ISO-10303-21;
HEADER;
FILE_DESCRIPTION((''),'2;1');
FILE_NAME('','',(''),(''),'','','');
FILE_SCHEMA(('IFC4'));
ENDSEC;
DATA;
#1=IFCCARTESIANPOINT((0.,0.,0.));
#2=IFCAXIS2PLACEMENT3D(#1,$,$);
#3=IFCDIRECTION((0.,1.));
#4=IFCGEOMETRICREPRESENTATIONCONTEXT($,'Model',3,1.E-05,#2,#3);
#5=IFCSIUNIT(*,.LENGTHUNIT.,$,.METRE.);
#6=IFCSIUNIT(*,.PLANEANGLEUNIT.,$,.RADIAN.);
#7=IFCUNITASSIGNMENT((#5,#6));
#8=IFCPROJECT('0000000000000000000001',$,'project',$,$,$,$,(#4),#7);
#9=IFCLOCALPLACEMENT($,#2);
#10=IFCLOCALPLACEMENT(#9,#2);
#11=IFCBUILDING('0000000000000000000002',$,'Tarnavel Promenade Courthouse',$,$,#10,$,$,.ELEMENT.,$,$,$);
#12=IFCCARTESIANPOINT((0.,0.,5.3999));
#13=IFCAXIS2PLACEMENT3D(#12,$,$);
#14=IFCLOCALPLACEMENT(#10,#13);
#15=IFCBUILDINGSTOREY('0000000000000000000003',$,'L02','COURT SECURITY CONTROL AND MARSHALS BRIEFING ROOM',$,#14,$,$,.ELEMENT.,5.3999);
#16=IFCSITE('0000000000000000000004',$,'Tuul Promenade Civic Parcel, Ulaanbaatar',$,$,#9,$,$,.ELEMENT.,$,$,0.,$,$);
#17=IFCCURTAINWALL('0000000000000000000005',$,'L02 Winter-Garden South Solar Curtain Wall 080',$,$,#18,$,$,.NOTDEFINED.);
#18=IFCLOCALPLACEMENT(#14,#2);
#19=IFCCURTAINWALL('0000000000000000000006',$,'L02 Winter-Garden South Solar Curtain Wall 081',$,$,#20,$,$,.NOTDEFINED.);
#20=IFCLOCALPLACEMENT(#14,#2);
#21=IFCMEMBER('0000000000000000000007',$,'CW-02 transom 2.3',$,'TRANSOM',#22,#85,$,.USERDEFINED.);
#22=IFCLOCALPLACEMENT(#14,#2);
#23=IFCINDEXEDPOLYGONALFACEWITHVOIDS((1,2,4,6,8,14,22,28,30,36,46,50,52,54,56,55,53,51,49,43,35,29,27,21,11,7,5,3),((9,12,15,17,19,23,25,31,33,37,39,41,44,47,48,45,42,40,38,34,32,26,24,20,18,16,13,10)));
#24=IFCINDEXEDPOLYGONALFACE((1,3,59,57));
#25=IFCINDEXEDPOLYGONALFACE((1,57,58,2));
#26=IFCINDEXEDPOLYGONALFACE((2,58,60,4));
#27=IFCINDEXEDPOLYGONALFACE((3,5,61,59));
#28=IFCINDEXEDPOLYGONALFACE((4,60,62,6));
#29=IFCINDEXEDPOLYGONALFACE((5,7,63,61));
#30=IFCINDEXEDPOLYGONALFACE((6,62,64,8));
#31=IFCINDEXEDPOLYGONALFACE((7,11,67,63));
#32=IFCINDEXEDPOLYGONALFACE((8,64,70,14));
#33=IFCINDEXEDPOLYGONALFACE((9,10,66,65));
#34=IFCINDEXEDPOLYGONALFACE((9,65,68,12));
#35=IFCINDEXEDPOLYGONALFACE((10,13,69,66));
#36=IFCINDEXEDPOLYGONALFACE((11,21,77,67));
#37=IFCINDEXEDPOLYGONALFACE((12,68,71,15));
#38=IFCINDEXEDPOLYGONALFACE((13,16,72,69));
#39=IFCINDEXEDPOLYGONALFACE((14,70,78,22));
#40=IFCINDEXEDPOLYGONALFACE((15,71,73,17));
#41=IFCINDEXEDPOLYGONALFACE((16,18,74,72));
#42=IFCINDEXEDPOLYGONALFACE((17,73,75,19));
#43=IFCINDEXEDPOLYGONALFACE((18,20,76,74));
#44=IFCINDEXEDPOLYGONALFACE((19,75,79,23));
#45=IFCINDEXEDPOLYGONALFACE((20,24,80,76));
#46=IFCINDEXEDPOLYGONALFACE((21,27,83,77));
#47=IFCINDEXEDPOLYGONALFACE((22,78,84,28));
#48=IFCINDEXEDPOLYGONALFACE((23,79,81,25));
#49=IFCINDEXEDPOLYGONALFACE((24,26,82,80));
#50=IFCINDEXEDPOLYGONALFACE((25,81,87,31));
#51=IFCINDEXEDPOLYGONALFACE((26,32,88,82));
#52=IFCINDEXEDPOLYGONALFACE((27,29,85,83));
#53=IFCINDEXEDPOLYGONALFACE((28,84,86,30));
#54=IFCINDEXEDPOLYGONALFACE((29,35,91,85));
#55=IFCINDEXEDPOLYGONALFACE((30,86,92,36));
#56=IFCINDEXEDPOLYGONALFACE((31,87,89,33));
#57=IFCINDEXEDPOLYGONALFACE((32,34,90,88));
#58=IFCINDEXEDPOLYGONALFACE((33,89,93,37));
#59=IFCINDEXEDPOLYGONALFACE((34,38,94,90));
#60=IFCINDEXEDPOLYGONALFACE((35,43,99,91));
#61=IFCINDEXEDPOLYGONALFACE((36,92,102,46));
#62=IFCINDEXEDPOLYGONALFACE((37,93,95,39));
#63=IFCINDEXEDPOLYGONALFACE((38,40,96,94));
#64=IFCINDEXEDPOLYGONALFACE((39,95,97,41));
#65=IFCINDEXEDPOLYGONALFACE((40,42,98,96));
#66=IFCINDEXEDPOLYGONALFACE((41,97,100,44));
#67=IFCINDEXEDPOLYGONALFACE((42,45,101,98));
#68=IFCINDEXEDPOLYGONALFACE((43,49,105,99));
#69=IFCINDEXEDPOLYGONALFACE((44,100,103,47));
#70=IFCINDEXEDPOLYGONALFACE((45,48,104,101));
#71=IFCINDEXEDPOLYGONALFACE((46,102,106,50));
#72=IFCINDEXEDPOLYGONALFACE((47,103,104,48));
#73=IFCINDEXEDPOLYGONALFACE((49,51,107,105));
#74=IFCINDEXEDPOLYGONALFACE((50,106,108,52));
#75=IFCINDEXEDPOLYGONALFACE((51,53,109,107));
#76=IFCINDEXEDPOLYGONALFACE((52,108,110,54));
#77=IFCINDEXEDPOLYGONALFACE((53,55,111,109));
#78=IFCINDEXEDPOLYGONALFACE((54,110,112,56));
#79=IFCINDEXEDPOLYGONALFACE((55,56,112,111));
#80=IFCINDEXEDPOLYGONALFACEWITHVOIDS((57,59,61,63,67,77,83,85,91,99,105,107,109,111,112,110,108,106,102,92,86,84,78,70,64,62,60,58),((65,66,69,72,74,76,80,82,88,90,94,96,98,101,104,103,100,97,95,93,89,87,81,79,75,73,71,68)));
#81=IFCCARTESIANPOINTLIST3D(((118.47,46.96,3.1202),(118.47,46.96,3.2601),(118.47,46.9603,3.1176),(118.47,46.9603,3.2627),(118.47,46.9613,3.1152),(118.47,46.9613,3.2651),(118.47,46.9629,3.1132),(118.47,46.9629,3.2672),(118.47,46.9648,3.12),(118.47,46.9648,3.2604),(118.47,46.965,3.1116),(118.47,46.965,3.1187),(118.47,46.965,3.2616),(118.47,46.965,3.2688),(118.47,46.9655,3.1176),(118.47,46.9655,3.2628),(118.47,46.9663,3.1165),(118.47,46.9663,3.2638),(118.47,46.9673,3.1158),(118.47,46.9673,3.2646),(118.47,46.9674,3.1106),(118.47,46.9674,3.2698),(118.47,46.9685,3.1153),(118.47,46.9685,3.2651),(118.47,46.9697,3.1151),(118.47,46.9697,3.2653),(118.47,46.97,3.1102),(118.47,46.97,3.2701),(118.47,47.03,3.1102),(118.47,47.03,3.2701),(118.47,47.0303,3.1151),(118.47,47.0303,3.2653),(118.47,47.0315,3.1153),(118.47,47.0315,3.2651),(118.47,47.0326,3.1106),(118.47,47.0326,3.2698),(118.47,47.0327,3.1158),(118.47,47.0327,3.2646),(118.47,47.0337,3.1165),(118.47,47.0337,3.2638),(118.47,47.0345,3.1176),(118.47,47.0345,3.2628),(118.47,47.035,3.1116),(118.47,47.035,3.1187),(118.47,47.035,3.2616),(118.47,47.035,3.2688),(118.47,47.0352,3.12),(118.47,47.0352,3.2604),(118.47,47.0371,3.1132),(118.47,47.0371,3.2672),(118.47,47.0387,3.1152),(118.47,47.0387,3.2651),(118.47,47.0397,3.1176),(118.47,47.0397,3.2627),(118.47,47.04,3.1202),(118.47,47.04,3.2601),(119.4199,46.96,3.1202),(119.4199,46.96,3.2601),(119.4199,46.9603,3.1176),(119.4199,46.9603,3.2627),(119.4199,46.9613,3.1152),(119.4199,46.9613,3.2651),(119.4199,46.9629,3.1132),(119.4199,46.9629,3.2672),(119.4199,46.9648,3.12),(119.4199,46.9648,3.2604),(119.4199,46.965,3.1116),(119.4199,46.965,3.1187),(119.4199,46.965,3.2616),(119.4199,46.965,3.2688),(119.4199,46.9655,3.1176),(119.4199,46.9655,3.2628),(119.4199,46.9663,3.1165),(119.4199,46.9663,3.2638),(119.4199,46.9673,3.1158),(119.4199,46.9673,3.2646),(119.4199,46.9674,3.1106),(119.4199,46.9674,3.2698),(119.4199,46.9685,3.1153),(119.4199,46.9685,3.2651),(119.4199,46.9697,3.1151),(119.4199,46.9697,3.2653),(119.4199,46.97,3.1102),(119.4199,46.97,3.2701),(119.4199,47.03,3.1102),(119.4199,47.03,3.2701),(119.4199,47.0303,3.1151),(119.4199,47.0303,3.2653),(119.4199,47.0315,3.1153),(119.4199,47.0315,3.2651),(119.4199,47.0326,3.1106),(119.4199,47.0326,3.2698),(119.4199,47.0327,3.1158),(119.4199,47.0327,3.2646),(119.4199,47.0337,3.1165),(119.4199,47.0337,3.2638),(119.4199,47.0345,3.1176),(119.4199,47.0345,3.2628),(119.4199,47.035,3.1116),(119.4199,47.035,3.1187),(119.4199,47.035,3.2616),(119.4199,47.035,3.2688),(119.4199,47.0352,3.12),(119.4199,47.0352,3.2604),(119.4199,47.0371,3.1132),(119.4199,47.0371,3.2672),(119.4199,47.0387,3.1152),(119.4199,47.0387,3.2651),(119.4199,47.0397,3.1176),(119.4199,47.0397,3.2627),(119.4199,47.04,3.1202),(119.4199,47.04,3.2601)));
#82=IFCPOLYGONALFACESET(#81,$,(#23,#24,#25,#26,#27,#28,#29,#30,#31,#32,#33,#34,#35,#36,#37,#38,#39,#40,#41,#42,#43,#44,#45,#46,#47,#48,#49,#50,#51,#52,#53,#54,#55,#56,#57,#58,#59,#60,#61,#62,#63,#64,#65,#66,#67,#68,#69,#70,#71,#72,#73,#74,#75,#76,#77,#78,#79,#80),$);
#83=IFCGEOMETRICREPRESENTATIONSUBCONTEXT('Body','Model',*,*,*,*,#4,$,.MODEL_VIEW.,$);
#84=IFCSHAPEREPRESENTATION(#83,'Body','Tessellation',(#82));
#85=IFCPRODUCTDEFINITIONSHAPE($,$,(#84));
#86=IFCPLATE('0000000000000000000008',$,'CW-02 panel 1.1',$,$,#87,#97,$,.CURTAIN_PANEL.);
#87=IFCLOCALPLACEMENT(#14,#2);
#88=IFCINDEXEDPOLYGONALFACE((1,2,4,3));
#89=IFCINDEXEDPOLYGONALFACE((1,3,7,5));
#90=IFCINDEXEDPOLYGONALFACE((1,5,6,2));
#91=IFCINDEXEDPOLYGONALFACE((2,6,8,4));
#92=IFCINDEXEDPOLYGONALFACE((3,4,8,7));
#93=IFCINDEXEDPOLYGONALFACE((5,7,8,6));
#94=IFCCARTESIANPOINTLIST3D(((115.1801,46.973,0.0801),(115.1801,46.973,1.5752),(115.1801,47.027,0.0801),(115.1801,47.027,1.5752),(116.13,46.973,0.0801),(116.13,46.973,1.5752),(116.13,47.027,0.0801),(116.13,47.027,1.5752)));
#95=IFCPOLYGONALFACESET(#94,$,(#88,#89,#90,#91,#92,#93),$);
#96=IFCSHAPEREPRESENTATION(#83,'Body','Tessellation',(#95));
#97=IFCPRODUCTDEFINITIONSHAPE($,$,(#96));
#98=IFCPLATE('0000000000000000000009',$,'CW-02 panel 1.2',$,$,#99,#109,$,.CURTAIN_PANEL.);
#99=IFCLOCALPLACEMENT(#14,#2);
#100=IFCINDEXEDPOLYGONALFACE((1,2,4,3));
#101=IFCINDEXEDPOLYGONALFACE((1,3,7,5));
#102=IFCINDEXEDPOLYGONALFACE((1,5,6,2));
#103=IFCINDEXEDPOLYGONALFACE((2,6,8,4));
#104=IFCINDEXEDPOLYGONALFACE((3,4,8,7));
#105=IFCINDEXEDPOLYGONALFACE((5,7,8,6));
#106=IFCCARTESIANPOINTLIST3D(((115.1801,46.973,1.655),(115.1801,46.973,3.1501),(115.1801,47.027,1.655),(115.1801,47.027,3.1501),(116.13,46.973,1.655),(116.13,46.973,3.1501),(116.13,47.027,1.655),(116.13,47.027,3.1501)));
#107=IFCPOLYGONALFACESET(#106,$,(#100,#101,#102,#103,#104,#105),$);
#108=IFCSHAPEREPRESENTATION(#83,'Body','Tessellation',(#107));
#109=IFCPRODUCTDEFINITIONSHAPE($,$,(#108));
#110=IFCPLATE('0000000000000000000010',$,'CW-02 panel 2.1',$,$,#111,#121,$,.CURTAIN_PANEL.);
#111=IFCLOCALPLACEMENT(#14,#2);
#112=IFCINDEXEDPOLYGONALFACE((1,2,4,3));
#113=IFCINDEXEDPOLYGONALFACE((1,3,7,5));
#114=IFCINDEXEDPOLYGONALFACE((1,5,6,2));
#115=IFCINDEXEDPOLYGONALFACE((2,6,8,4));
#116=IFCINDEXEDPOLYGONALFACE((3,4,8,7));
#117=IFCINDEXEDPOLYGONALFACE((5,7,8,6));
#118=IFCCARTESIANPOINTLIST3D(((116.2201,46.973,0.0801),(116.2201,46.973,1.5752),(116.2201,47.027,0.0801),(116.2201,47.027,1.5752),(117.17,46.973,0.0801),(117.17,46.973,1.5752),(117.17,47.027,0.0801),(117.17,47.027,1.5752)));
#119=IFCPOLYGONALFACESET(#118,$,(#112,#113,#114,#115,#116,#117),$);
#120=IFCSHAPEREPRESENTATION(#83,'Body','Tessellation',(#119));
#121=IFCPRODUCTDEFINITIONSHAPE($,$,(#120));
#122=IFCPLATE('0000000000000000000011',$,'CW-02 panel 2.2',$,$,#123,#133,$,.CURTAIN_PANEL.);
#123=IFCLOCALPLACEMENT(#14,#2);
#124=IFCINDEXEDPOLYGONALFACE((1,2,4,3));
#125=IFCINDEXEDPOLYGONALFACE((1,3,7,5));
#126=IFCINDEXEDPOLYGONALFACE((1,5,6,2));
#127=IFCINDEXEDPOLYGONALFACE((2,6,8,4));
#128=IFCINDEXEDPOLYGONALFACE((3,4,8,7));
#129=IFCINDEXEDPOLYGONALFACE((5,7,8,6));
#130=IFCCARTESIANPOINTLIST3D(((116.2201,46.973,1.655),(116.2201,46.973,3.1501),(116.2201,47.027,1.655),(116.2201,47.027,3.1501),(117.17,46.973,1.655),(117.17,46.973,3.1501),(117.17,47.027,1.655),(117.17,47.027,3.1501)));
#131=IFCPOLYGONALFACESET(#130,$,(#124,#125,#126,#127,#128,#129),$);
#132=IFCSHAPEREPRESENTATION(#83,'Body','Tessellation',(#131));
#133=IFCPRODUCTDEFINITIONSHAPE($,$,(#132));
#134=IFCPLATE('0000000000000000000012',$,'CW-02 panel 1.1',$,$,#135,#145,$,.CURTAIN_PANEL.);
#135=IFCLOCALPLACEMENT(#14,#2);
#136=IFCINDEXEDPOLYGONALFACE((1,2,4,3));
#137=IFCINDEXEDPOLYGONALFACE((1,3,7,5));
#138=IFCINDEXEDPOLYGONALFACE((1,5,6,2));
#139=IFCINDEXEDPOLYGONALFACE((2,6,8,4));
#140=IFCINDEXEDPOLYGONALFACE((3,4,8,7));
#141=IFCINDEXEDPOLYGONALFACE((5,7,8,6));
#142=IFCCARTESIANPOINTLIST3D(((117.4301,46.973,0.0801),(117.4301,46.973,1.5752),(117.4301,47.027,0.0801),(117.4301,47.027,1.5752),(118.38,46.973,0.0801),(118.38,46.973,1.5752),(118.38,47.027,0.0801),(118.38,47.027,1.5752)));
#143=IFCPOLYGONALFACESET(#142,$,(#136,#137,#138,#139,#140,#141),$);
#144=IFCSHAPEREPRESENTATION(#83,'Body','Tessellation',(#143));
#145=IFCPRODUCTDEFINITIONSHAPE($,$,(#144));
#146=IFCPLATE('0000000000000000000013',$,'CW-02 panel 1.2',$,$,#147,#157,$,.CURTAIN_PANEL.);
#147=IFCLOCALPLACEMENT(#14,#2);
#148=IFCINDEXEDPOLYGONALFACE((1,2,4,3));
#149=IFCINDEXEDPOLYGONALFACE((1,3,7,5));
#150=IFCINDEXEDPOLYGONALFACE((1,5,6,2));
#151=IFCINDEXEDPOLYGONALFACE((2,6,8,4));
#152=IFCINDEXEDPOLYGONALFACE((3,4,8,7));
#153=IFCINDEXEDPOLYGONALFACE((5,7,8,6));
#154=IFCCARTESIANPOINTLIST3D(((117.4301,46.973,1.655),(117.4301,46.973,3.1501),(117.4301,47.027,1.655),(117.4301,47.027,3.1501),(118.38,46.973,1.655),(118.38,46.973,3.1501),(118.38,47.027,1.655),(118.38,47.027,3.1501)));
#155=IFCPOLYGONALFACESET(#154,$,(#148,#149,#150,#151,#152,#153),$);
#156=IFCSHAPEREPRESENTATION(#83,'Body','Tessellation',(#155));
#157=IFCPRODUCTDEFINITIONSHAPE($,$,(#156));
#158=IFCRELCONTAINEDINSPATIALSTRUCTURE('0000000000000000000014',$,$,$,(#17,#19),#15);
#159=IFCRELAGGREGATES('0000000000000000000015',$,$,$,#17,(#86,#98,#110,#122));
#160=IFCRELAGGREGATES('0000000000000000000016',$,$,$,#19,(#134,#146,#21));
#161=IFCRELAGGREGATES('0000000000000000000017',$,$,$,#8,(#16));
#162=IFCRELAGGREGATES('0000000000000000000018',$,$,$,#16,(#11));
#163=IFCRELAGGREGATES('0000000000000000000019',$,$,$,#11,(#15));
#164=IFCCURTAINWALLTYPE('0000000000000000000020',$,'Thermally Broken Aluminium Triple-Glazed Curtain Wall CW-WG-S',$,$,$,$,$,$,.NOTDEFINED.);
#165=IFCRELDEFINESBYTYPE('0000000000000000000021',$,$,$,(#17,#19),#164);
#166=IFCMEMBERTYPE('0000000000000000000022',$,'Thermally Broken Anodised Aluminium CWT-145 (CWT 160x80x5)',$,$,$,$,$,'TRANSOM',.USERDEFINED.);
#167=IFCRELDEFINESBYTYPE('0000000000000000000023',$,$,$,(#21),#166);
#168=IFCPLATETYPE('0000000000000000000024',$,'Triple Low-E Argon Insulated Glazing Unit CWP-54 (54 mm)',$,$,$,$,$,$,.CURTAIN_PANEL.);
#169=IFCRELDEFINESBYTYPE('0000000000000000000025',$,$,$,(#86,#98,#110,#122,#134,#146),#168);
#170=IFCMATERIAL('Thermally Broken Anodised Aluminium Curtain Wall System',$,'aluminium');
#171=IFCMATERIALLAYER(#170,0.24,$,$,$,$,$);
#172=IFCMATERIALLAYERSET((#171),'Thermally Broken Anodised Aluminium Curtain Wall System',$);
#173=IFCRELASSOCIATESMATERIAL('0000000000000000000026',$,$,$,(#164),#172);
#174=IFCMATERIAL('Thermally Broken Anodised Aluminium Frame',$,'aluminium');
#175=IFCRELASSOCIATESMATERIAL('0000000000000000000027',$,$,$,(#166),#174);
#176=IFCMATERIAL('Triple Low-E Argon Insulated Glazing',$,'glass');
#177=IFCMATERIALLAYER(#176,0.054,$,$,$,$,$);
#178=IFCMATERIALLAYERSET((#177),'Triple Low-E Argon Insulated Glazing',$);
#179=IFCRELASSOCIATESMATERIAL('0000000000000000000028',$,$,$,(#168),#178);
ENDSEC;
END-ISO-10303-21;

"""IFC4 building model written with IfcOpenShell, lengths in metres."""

from ifc_helpers import new_model, si_unit, direction, frame, origin, origin_2d, place, context, subcontext, project, spatial, rectangle, hollow_rectangle, extrude, material, layer, layer_set, material_profile, profile_set, type_object, element, aggregate, save


model = new_model("IFC4")

# Units and contexts
model_context = context("Model", 3, precision=1e-05, world=origin(), true_north=direction((0.0, 1.0)))
body_context = subcontext(model_context, "Body", "Model", "MODEL_VIEW")
ifc_project = project(units=[si_unit("LENGTHUNIT", "METRE"), si_unit("PLANEANGLEUNIT", "RADIAN")], contexts=[model_context])

# Site, building, storey
site_placement = place(None, origin())
site = spatial("IfcSite", under=ifc_project, at=site_placement, Name="Tuul Promenade Civic Parcel, Ulaanbaatar", CompositionType="ELEMENT", RefElevation=0.0)
building_placement = place(site_placement, origin())
building = spatial("IfcBuilding", under=site, at=building_placement, Name="Tarnavel Promenade Courthouse", CompositionType="ELEMENT")
storey_placement = place(building_placement, frame((0.0, 0.0, 5.3999)))
storey = spatial("IfcBuildingStorey", under=building, at=storey_placement, Name="L02", Description="COURT SECURITY CONTROL AND MARSHALS BRIEFING ROOM", CompositionType="ELEMENT", Elevation=5.3999)

# Curtain walls
ifc_material_1 = material(Name="Thermally Broken Anodised Aluminium Curtain Wall System", Category="aluminium")
ifc_layer_1 = layer(ifc_material_1, 0.24)
ifc_layer_set_1 = layer_set([ifc_layer_1], Name="Thermally Broken Anodised Aluminium Curtain Wall System")
curtain_wall_type = type_object("IfcCurtainWallType", Name="Thermally Broken Aluminium Triple-Glazed Curtain Wall CW-WG-S", PredefinedType="NOTDEFINED", material=ifc_layer_set_1)
curtain_wall_1_placement = place(storey_placement, origin())
curtain_wall_1 = element("IfcCurtainWall", 1, at=curtain_wall_1_placement, inside=storey, type_object=curtain_wall_type, Name="L02 Winter-Garden South Solar Curtain Wall 080", PredefinedType="NOTDEFINED")
ifc_material_2 = material(Name="Thermally Broken Anodised Aluminium Frame", Category="aluminium")
curtain_wall_2_placement = place(storey_placement, origin())
curtain_wall_2 = element("IfcCurtainWall", 2, at=curtain_wall_2_placement, inside=storey, type_object=curtain_wall_type, Name="L02 Winter-Garden South Solar Curtain Wall 081", PredefinedType="NOTDEFINED")

# Member
ifc_material_profile_1 = material_profile(ifc_material_2, hollow_rectangle(XDim=0.0801, YDim=0.1599, WallThickness=0.0049, InnerFilletRadius=0.0049, OuterFilletRadius=0.01, at=origin_2d()), Name="CWT 160x80x5")
ifc_profile_set_1 = profile_set([ifc_material_profile_1], Name="Thermally Broken Anodised Aluminium Frame")
member_type_1 = type_object("IfcMemberType", Name="Thermally Broken Anodised Aluminium CWT-145 (CWT 160x80x5)", ElementType="TRANSOM", PredefinedType="USERDEFINED", material=ifc_profile_set_1)
member_1_placement = place(storey_placement, frame((118.47, 47.0, 3.1902), z_axis=(1.0, 0.0, 0.0), x_axis=(0.0, 1.0, 0.0)))
member_1 = element("IfcMember", 3, at=member_1_placement, type_object=member_type_1, Name="CW-02 transom 2.3", ObjectType="TRANSOM", PredefinedType="USERDEFINED", context=body_context, shape_type="SweptSolid", body=[
    extrude(hollow_rectangle(XDim=0.0801, YDim=0.1599, WallThickness=0.0049, InnerFilletRadius=0.0049, OuterFilletRadius=0.01, at=origin_2d()), origin(), (0.0, 0.0, 1.0), 0.95),
])

# Plates
ifc_material_3 = material(Name="Triple Low-E Argon Insulated Glazing", Category="glass")
ifc_layer_2 = layer(ifc_material_3, 0.054)
ifc_layer_set_2 = layer_set([ifc_layer_2], Name="Triple Low-E Argon Insulated Glazing")
plate_type = type_object("IfcPlateType", Name="Triple Low-E Argon Insulated Glazing Unit CWP-54 (54 mm)", PredefinedType="CURTAIN_PANEL", material=ifc_layer_set_2)
plate_1_placement = place(storey_placement, frame((115.655, 47.0, 0.0801), z_axis=(0.0, 0.0, 1.0), x_axis=(1.0, 0.0, 0.0)))
plate_1 = element("IfcPlate", 4, at=plate_1_placement, type_object=plate_type, Name="CW-02 panel 1.1", PredefinedType="CURTAIN_PANEL", context=body_context, shape_type="SweptSolid", body=[
    extrude(rectangle(XDim=0.95, YDim=0.054, at=origin_2d()), origin(), (0.0, 0.0, 1.0), 1.4951),
])
plate_2_placement = place(storey_placement, frame((115.655, 47.0, 1.655), z_axis=(0.0, 0.0, 1.0), x_axis=(1.0, 0.0, 0.0)))
plate_2 = element("IfcPlate", 5, at=plate_2_placement, type_object=plate_type, Name="CW-02 panel 1.2", PredefinedType="CURTAIN_PANEL", context=body_context, shape_type="SweptSolid", body=[
    extrude(rectangle(XDim=0.95, YDim=0.054, at=origin_2d()), origin(), (0.0, 0.0, 1.0), 1.4951),
])
plate_3_placement = place(storey_placement, frame((116.6951, 47.0, 0.0801), z_axis=(0.0, 0.0, 1.0), x_axis=(1.0, 0.0, 0.0)))
plate_3 = element("IfcPlate", 6, at=plate_3_placement, type_object=plate_type, Name="CW-02 panel 2.1", PredefinedType="CURTAIN_PANEL", context=body_context, shape_type="SweptSolid", body=[
    extrude(rectangle(XDim=0.95, YDim=0.054, at=origin_2d()), origin(), (0.0, 0.0, 1.0), 1.4951),
])
plate_4_placement = place(storey_placement, frame((116.6951, 47.0, 1.655), z_axis=(0.0, 0.0, 1.0), x_axis=(1.0, 0.0, 0.0)))
plate_4 = element("IfcPlate", 7, at=plate_4_placement, type_object=plate_type, Name="CW-02 panel 2.2", PredefinedType="CURTAIN_PANEL", context=body_context, shape_type="SweptSolid", body=[
    extrude(rectangle(XDim=0.95, YDim=0.054, at=origin_2d()), origin(), (0.0, 0.0, 1.0), 1.4951),
])
aggregate(curtain_wall_1, [plate_1, plate_2, plate_3, plate_4])
plate_5_placement = place(storey_placement, frame((117.905, 47.0, 0.0801), z_axis=(0.0, 0.0, 1.0), x_axis=(1.0, 0.0, 0.0)))
plate_5 = element("IfcPlate", 8, at=plate_5_placement, type_object=plate_type, Name="CW-02 panel 1.1", PredefinedType="CURTAIN_PANEL", context=body_context, shape_type="SweptSolid", body=[
    extrude(rectangle(XDim=0.95, YDim=0.054, at=origin_2d()), origin(), (0.0, 0.0, 1.0), 1.4951),
])
plate_6_placement = place(storey_placement, frame((117.905, 47.0, 1.655), z_axis=(0.0, 0.0, 1.0), x_axis=(1.0, 0.0, 0.0)))
plate_6 = element("IfcPlate", 9, at=plate_6_placement, type_object=plate_type, Name="CW-02 panel 1.2", PredefinedType="CURTAIN_PANEL", context=body_context, shape_type="SweptSolid", body=[
    extrude(rectangle(XDim=0.95, YDim=0.054, at=origin_2d()), origin(), (0.0, 0.0, 1.0), 1.4951),
])
aggregate(curtain_wall_2, [plate_5, plate_6, member_1])

save(model, "model.ifc")
